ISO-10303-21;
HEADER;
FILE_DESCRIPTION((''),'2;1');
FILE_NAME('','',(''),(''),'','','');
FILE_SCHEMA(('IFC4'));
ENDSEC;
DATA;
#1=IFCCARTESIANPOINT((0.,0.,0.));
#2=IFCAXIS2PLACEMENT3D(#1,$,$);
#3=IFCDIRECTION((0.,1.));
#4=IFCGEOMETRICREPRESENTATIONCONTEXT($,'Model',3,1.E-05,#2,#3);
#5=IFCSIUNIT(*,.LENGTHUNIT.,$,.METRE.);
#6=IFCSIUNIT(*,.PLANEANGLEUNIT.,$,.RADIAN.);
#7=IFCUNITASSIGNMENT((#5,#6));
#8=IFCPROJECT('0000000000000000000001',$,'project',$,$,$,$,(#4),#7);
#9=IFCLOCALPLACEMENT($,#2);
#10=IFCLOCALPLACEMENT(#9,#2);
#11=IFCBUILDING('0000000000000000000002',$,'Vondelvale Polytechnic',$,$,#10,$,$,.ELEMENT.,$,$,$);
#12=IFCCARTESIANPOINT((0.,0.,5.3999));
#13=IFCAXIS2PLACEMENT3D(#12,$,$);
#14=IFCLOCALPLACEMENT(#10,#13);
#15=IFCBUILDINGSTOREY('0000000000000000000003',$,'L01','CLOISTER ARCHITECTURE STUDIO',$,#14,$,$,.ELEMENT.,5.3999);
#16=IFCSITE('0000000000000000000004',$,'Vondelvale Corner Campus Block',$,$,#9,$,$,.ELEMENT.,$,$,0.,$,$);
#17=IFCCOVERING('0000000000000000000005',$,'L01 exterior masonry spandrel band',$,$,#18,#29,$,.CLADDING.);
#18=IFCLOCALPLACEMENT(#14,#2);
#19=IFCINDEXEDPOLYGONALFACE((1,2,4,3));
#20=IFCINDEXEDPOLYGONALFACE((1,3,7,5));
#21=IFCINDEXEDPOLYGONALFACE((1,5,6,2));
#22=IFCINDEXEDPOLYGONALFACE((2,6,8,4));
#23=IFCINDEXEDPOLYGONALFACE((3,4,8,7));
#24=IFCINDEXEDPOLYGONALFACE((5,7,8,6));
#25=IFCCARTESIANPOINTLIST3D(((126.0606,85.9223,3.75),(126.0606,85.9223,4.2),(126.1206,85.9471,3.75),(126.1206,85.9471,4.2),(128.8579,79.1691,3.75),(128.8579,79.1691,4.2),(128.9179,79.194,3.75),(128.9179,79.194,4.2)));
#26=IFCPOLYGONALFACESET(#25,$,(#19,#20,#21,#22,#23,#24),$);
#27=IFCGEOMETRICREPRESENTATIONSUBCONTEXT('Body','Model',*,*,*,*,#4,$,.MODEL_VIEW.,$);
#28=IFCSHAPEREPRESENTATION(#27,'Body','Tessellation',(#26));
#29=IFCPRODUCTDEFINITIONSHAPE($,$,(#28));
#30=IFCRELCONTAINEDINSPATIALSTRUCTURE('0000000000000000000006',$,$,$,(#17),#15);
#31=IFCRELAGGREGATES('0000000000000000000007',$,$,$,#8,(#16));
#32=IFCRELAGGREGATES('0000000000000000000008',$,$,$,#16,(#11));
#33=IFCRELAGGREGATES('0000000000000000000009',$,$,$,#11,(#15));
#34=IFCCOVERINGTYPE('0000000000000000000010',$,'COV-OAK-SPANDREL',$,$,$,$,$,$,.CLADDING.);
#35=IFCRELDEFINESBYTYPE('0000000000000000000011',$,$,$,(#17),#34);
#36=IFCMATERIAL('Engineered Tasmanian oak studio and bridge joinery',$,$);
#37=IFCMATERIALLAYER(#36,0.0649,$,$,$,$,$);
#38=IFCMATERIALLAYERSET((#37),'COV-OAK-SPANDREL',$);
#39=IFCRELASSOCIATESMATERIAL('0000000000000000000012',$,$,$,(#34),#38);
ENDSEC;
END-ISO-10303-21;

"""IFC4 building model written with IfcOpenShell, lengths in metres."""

from ifc_helpers import new_model, si_unit, direction, frame, origin, origin_2d, place, context, subcontext, project, spatial, rectangle, extrude, material, layer, layer_set, type_object, element, save


model = new_model("IFC4")

# Units and contexts
model_context = context("Model", 3, precision=1e-05, world=origin(), true_north=direction((0.0, 1.0)))
body_context = subcontext(model_context, "Body", "Model", "MODEL_VIEW")
ifc_project = project(units=[si_unit("LENGTHUNIT", "METRE"), si_unit("PLANEANGLEUNIT", "RADIAN")], contexts=[model_context])

# Site, building, storey
site_placement = place(None, origin())
site = spatial("IfcSite", under=ifc_project, at=site_placement, Name="Vondelvale Corner Campus Block", CompositionType="ELEMENT", RefElevation=0.0)
building_placement = place(site_placement, origin())
building = spatial("IfcBuilding", under=site, at=building_placement, Name="Vondelvale Polytechnic", CompositionType="ELEMENT")
storey_placement = place(building_placement, frame((0.0, 0.0, 5.3999)))
storey = spatial("IfcBuildingStorey", under=building, at=storey_placement, Name="L01", Description="CLOISTER ARCHITECTURE STUDIO", CompositionType="ELEMENT", Elevation=5.3999)

# Shared definitions
ifc_material_1 = material(Name="Engineered Tasmanian oak studio and bridge joinery")

# Covering
ifc_layer_1 = layer(ifc_material_1, 0.0649)
ifc_layer_set_1 = layer_set([ifc_layer_1], Name="COV-OAK-SPANDREL")
covering_type = type_object("IfcCoveringType", Name="COV-OAK-SPANDREL", PredefinedType="CLADDING", material=ifc_layer_set_1)
covering_placement = place(storey_placement, frame((127.4893, 82.5581, 3.75), z_axis=(0.0, 0.0, 1.0), x_axis=(-0.382683, 0.92388, 0.0)))
element("IfcCovering", 1, at=covering_placement, inside=storey, type_object=covering_type, Name="L01 exterior masonry spandrel band", PredefinedType="CLADDING", context=body_context, shape_type="SweptSolid", body=[
    extrude(rectangle(XDim=7.3096, YDim=0.0649, at=origin_2d()), origin(), (0.0, 0.0, 1.0), 0.45),
])

save(model, "model.ifc")
